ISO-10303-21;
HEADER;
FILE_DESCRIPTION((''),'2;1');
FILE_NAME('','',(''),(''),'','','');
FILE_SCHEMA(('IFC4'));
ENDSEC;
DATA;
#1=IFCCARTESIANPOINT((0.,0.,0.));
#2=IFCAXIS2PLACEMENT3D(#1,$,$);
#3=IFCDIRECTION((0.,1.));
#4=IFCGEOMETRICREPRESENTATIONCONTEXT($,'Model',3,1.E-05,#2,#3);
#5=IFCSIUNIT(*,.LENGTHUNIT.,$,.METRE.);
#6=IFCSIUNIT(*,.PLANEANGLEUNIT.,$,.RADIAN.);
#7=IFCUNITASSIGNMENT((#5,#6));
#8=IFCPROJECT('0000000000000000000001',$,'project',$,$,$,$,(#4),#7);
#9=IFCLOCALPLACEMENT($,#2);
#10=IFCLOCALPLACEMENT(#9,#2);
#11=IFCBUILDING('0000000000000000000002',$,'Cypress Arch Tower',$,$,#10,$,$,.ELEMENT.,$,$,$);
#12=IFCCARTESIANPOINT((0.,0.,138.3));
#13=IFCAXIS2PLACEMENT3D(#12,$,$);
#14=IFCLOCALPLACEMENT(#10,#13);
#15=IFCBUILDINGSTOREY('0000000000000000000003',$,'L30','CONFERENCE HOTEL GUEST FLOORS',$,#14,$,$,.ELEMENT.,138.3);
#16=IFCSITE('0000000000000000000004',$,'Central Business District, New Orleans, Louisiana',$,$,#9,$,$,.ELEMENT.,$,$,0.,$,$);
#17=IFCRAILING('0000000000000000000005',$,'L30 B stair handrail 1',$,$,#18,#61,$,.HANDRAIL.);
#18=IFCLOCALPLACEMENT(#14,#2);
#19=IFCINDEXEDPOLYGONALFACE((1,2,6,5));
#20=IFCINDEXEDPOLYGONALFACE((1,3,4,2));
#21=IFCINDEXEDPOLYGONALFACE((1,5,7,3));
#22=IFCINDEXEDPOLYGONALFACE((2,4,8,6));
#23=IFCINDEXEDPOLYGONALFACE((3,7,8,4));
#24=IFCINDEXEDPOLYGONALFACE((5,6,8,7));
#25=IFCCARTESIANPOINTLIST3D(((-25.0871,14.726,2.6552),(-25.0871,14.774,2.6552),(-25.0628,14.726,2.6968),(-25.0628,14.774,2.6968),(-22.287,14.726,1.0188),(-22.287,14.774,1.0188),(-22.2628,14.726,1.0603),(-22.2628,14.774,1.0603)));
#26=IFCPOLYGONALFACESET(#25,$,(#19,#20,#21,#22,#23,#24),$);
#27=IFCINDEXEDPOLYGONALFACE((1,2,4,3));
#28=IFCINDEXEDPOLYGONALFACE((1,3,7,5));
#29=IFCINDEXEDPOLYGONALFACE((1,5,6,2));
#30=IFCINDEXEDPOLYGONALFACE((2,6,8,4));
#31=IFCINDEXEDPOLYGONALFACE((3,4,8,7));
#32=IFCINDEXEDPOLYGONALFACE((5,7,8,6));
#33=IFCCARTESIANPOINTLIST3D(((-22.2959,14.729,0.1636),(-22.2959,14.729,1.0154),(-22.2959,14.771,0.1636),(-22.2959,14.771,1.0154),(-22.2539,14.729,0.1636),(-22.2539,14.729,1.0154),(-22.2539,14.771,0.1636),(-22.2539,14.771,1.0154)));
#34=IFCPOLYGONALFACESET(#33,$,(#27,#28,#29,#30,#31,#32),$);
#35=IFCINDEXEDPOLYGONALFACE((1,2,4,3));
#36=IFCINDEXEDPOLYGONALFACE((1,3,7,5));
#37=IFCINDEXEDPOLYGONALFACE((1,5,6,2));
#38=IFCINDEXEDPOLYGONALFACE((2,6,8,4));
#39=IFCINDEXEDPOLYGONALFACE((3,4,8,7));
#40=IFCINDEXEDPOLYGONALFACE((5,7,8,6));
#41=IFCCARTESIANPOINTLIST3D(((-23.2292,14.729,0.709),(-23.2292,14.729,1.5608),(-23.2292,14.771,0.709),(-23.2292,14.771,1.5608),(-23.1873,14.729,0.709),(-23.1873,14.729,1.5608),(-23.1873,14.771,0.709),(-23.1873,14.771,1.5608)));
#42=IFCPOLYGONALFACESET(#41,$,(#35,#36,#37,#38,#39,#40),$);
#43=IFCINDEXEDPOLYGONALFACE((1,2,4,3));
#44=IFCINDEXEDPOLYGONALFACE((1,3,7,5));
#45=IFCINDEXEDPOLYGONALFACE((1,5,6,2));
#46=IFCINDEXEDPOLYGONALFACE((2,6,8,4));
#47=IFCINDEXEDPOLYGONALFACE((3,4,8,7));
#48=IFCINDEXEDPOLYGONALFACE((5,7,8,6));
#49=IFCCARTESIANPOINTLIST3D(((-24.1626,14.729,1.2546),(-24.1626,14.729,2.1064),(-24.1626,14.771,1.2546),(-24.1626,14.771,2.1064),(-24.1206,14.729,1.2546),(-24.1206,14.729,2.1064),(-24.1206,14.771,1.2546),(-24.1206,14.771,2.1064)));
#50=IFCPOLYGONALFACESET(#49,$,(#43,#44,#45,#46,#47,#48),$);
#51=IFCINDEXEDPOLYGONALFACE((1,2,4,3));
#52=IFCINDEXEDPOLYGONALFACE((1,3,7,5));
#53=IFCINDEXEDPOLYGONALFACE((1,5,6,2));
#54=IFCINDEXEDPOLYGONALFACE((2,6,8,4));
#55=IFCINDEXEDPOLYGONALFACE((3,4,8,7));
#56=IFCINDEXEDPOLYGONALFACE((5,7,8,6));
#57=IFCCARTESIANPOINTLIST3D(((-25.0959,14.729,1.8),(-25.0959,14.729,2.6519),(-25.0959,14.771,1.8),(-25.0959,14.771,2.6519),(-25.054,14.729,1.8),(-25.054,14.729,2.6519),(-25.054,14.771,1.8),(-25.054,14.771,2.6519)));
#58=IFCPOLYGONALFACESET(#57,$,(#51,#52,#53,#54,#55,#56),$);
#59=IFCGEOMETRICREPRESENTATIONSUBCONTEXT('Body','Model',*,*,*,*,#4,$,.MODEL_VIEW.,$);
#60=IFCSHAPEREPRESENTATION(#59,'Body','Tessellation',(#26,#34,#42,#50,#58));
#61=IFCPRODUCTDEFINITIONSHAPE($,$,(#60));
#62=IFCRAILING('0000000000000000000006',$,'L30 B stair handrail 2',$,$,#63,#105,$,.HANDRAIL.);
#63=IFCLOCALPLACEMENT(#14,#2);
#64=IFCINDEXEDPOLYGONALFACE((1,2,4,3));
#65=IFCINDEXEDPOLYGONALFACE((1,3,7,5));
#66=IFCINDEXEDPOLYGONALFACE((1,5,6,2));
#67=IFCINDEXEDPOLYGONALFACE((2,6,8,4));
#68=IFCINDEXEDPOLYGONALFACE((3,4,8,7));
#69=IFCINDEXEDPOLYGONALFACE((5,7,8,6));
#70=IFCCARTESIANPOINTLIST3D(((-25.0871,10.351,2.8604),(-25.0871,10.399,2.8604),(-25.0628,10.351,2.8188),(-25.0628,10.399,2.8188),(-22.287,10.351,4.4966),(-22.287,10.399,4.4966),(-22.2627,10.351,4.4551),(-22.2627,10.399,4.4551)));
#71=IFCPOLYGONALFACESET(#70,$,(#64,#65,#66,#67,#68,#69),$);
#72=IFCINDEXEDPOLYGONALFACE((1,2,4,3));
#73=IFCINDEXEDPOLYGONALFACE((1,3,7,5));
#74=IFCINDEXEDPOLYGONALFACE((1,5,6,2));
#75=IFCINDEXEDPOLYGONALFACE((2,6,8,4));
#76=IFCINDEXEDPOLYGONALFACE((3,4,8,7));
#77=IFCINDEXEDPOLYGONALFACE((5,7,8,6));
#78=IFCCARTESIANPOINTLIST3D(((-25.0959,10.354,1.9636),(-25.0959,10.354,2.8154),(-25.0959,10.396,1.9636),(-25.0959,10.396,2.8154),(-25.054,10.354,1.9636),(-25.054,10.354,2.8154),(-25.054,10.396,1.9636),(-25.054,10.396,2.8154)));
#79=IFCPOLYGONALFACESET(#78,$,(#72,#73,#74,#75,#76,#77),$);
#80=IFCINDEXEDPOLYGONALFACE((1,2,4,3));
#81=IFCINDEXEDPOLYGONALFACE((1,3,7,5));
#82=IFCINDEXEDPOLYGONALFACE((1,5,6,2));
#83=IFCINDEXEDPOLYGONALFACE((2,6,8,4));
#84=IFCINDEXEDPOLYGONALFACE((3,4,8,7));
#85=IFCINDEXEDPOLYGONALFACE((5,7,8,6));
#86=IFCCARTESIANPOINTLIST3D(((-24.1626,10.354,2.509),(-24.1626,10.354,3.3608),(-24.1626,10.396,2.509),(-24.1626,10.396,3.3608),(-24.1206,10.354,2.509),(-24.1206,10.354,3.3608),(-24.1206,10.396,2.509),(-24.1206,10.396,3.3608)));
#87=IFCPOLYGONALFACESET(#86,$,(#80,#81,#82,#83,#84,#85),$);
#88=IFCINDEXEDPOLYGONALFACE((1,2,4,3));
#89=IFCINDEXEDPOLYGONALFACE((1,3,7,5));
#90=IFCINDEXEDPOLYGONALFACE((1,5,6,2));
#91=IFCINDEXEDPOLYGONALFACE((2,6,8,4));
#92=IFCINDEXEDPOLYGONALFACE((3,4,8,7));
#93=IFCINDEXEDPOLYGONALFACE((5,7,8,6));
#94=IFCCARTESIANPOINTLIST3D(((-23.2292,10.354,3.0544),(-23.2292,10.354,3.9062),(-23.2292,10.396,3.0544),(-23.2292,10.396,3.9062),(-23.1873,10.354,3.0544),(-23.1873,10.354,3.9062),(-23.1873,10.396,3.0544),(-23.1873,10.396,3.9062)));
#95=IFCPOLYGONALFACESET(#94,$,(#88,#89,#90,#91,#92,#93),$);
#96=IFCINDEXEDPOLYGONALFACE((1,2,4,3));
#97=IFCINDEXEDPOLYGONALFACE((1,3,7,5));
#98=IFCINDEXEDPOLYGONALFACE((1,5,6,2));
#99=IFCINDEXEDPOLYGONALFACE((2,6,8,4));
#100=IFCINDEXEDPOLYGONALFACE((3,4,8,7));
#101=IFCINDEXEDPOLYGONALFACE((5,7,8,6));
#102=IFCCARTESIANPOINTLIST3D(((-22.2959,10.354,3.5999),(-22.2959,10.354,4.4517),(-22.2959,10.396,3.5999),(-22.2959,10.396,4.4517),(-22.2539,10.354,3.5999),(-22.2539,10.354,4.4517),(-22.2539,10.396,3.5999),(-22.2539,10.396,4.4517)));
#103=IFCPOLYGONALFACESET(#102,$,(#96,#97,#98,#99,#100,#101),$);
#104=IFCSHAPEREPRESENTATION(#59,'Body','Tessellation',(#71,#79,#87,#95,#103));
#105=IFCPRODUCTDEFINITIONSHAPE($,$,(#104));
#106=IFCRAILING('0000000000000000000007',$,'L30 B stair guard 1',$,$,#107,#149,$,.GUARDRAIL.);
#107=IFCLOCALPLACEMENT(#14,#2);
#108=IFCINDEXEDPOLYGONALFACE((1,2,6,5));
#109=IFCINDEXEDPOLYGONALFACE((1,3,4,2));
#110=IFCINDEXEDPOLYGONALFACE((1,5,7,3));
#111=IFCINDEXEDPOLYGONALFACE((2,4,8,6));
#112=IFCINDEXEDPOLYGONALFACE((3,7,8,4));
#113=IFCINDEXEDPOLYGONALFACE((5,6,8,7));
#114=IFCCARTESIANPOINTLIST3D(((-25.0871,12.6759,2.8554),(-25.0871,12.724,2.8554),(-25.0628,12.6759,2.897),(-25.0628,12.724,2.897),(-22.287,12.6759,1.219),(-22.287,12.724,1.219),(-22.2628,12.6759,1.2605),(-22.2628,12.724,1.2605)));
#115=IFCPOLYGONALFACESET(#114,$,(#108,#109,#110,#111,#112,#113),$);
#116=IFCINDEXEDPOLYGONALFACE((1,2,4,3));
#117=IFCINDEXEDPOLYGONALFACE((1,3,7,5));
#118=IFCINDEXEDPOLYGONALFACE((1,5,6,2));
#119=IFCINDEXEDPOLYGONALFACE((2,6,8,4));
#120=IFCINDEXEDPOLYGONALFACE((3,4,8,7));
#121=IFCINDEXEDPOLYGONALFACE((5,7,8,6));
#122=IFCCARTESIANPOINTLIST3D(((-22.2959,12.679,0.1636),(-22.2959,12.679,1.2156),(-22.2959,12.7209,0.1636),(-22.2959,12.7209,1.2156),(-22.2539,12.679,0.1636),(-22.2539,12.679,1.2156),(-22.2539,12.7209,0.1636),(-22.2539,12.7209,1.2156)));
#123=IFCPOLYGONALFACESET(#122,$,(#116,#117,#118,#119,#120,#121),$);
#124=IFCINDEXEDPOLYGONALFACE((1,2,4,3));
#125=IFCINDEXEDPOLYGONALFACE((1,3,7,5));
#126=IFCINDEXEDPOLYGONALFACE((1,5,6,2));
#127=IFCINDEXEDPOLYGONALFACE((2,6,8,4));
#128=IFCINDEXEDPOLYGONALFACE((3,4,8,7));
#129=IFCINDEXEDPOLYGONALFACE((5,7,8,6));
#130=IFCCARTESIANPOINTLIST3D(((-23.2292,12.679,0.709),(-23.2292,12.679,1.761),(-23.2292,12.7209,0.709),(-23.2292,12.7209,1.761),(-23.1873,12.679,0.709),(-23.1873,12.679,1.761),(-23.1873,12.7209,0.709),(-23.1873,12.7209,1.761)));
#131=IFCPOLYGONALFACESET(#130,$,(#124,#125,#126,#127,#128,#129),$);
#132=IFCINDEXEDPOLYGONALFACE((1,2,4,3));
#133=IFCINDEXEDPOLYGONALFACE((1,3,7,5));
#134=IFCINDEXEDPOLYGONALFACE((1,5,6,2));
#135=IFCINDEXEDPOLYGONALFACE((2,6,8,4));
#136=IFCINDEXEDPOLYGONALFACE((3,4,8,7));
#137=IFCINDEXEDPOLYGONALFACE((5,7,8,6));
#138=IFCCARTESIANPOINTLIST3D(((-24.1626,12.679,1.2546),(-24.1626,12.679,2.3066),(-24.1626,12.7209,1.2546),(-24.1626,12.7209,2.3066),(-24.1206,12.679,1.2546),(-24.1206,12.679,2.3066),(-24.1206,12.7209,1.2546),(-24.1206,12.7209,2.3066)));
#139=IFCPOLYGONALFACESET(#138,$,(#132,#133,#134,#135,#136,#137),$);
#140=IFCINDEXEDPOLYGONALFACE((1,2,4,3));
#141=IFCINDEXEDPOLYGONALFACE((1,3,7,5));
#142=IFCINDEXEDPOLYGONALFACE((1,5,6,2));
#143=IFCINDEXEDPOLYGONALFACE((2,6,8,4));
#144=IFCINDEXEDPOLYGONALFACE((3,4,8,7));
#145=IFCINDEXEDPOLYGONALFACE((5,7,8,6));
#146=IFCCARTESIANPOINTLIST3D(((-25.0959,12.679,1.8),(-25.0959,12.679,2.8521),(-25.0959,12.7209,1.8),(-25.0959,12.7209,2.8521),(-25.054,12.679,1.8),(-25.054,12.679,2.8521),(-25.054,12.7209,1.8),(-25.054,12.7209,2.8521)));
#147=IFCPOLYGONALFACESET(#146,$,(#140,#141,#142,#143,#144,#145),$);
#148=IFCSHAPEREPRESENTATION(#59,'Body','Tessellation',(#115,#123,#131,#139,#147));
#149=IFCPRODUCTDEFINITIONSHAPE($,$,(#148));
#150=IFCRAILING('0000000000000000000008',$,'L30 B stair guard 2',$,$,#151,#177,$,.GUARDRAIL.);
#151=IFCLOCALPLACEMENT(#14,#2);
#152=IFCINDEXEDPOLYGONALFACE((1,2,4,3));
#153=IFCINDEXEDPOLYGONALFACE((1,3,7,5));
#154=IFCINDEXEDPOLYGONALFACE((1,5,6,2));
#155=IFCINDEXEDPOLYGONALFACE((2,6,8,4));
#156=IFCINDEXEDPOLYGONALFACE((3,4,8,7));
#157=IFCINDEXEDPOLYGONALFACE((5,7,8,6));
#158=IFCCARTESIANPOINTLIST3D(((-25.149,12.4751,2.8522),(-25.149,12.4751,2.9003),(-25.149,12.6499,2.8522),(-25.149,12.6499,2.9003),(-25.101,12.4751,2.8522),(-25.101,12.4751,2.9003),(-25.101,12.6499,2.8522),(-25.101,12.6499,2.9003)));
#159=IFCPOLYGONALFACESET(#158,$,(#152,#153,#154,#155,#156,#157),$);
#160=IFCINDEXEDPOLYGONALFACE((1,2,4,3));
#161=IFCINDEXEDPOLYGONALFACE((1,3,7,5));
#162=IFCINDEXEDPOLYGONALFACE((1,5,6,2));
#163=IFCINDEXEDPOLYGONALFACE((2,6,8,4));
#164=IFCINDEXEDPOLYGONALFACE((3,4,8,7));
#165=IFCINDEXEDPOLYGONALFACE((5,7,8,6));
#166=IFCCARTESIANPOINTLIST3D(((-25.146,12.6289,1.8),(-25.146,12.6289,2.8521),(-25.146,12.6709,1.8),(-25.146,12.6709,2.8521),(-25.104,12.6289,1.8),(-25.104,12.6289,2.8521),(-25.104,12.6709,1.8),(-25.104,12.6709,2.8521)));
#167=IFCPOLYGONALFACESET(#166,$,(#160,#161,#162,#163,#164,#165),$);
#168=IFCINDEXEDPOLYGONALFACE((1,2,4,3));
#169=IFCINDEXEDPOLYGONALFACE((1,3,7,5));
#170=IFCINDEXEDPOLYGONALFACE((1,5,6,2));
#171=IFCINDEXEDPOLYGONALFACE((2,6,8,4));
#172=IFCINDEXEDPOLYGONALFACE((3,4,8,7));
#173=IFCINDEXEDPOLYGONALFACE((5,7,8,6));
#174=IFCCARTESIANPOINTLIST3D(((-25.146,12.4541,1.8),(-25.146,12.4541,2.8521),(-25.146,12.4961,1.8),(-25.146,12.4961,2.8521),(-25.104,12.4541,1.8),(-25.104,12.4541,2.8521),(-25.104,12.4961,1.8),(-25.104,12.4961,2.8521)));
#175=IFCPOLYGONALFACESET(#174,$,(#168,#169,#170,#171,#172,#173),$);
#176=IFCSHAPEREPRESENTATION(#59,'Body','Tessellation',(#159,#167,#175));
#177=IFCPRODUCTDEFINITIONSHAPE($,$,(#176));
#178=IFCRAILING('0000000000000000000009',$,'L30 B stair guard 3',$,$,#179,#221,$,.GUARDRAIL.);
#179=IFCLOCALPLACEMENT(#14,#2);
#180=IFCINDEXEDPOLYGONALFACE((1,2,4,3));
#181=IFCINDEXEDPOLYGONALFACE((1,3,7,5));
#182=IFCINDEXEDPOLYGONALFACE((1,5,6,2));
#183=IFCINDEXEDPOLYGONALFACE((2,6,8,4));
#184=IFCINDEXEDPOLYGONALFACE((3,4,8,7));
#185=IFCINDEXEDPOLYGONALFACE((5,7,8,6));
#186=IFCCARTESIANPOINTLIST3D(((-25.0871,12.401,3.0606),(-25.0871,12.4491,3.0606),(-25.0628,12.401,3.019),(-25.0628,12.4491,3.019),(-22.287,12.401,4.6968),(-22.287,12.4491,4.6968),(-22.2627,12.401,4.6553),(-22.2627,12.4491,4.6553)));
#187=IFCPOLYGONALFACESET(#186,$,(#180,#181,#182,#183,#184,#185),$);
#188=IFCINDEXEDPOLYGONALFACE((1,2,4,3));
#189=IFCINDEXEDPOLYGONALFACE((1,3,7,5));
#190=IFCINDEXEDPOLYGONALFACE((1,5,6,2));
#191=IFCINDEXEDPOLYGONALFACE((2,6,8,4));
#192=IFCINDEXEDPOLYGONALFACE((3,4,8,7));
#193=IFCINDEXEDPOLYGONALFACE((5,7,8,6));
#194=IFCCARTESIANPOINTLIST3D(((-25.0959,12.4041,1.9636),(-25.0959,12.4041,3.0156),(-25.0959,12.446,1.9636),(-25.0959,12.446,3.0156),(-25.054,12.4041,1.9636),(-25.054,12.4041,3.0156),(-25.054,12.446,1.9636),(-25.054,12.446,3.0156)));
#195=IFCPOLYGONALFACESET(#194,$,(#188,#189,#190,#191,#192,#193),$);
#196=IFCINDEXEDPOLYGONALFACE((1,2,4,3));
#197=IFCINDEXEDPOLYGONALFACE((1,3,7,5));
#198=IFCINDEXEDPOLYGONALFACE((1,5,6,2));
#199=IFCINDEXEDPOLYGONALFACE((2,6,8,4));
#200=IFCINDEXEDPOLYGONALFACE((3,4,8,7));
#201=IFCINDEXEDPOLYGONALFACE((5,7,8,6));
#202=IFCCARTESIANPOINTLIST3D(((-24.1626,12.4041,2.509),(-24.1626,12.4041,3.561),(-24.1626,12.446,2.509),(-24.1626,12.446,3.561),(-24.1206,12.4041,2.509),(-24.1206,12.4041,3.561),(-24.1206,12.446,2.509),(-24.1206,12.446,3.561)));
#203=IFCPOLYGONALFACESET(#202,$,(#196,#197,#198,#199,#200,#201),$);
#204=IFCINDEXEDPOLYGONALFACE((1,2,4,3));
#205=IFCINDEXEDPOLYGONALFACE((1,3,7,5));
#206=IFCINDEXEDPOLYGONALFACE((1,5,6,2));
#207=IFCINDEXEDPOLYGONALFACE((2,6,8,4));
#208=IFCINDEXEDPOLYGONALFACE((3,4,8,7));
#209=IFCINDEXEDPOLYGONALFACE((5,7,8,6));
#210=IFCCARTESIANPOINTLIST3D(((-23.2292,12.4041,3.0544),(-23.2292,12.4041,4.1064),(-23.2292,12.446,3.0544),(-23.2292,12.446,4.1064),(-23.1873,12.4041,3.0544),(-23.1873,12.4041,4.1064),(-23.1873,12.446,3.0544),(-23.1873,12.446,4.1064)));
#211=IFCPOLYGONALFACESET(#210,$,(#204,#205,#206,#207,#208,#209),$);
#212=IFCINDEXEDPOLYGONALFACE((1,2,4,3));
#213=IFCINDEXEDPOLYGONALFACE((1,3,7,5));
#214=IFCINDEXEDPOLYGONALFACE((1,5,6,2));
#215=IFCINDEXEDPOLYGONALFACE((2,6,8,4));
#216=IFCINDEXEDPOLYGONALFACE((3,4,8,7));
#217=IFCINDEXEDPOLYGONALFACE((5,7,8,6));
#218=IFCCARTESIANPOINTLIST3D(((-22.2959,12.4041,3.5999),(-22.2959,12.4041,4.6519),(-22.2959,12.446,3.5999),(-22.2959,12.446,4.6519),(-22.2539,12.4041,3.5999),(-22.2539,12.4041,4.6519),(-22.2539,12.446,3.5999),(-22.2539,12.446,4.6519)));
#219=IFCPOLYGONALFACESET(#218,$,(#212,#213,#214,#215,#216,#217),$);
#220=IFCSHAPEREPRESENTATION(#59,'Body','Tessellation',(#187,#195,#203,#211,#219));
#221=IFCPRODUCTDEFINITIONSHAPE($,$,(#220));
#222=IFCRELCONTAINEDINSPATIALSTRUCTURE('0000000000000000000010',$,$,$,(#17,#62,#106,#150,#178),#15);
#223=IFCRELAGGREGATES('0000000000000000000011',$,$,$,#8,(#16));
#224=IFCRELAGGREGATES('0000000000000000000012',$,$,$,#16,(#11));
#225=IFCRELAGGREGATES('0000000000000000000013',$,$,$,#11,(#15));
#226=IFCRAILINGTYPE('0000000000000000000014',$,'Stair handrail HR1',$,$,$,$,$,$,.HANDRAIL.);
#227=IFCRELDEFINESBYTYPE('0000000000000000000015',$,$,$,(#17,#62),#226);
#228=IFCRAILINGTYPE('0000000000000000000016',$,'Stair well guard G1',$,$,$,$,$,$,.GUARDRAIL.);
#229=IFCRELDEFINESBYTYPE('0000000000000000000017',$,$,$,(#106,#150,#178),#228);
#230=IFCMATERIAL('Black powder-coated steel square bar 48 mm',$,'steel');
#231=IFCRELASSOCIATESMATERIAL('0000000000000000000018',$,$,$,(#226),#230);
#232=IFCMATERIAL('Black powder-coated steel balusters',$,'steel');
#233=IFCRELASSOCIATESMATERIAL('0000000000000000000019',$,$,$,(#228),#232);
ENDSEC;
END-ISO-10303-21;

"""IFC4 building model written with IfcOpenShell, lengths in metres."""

from ifc_helpers import new_model, si_unit, direction, frame, origin, origin_2d, place, context, subcontext, project, spatial, rectangle, extrude, material, type_object, element, save


model = new_model("IFC4")

# Units and contexts
model_context = context("Model", 3, precision=1e-05, world=origin(), true_north=direction((0.0, 1.0)))
body_context = subcontext(model_context, "Body", "Model", "MODEL_VIEW")
ifc_project = project(units=[si_unit("LENGTHUNIT", "METRE"), si_unit("PLANEANGLEUNIT", "RADIAN")], contexts=[model_context])

# Site, building, storey
site_placement = place(None, origin())
site = spatial("IfcSite", under=ifc_project, at=site_placement, Name="Central Business District, New Orleans, Louisiana", CompositionType="ELEMENT", RefElevation=0.0)
building_placement = place(site_placement, origin())
building = spatial("IfcBuilding", under=site, at=building_placement, Name="Cypress Arch Tower", CompositionType="ELEMENT")
storey_placement = place(building_placement, frame((0.0, 0.0, 138.3)))
storey = spatial("IfcBuildingStorey", under=building, at=storey_placement, Name="L30", Description="CONFERENCE HOTEL GUEST FLOORS", CompositionType="ELEMENT", Elevation=138.3)

# Railings
ifc_material_1 = material(Name="Black powder-coated steel square bar 48 mm", Category="steel")
railing_type_1 = type_object("IfcRailingType", Name="Stair handrail HR1", PredefinedType="HANDRAIL", material=ifc_material_1)
railing_1_placement = place(storey_placement, frame((-22.2749, 14.75, 0.1636)))
element("IfcRailing", 1, at=railing_1_placement, inside=storey, type_object=railing_type_1, Name="L30 B stair handrail 1", PredefinedType="HANDRAIL", context=body_context, shape_type="SweptSolid", body=[
    extrude(rectangle(XDim=0.0481, YDim=0.0481, at=origin_2d()), frame((0.0, 0.0, 0.876), z_axis=(-0.863361, 0.0, 0.504587), x_axis=(0.0, -1.0, 0.0)), (0.0, 0.0, 1.0), 3.2432),
    extrude(rectangle(XDim=0.042, YDim=0.042, at=origin_2d()), origin(), (0.0, 0.0, 1.0), 0.8518),
    extrude(rectangle(XDim=0.042, YDim=0.042, at=origin_2d()), frame((-0.9333, 0.0, 0.5454)), (0.0, 0.0, 1.0), 0.8518),
    extrude(rectangle(XDim=0.042, YDim=0.042, at=origin_2d()), frame((-1.8667, 0.0, 1.0911)), (0.0, 0.0, 1.0), 0.8518),
    extrude(rectangle(XDim=0.042, YDim=0.042, at=origin_2d()), frame((-2.8, 0.0, 1.6365)), (0.0, 0.0, 1.0), 0.8518),
])
railing_2_placement = place(storey_placement, frame((-25.075, 10.375, 1.9636)))
element("IfcRailing", 2, at=railing_2_placement, inside=storey, type_object=railing_type_1, Name="L30 B stair handrail 2", PredefinedType="HANDRAIL", context=body_context, shape_type="SweptSolid", body=[
    extrude(rectangle(XDim=0.0481, YDim=0.0481, at=origin_2d()), frame((0.0, 0.0, 0.876), z_axis=(0.863394, 0.0, 0.504531), x_axis=(0.0, 1.0, 0.0)), (0.0, 0.0, 1.0), 3.2432),
    extrude(rectangle(XDim=0.042, YDim=0.042, at=origin_2d()), origin(), (0.0, 0.0, 1.0), 0.8518),
    extrude(rectangle(XDim=0.042, YDim=0.042, at=origin_2d()), frame((0.9333, 0.0, 0.5454)), (0.0, 0.0, 1.0), 0.8518),
    extrude(rectangle(XDim=0.042, YDim=0.042, at=origin_2d()), frame((1.8667, 0.0, 1.0908)), (0.0, 0.0, 1.0), 0.8518),
    extrude(rectangle(XDim=0.042, YDim=0.042, at=origin_2d()), frame((2.8, 0.0, 1.6362)), (0.0, 0.0, 1.0), 0.8518),
])
ifc_material_2 = material(Name="Black powder-coated steel balusters", Category="steel")
railing_type_2 = type_object("IfcRailingType", Name="Stair well guard G1", PredefinedType="GUARDRAIL", material=ifc_material_2)
railing_3_placement = place(storey_placement, frame((-22.2749, 12.7, 0.1636)))
element("IfcRailing", 3, at=railing_3_placement, inside=storey, type_object=railing_type_2, Name="L30 B stair guard 1", PredefinedType="GUARDRAIL", context=body_context, shape_type="SweptSolid", body=[
    extrude(rectangle(XDim=0.0481, YDim=0.0481, at=origin_2d()), frame((0.0, 0.0, 1.0762), z_axis=(-0.863361, 0.0, 0.504587), x_axis=(0.0, -1.0, 0.0)), (0.0, 0.0, 1.0), 3.2432),
    extrude(rectangle(XDim=0.042, YDim=0.042, at=origin_2d()), origin(), (0.0, 0.0, 1.0), 1.052),
    extrude(rectangle(XDim=0.042, YDim=0.042, at=origin_2d()), frame((-0.9333, 0.0, 0.5454)), (0.0, 0.0, 1.0), 1.052),
    extrude(rectangle(XDim=0.042, YDim=0.042, at=origin_2d()), frame((-1.8667, 0.0, 1.0911)), (0.0, 0.0, 1.0), 1.052),
    extrude(rectangle(XDim=0.042, YDim=0.042, at=origin_2d()), frame((-2.8, 0.0, 1.6365)), (0.0, 0.0, 1.0), 1.052),
])
railing_4_placement = place(storey_placement, frame((-25.125, 12.6499, 1.8)))
element("IfcRailing", 4, at=railing_4_placement, inside=storey, type_object=railing_type_2, Name="L30 B stair guard 2", PredefinedType="GUARDRAIL", context=body_context, shape_type="SweptSolid", body=[
    extrude(rectangle(XDim=0.0481, YDim=0.0481, at=origin_2d()), frame((0.0, 0.0, 1.0762), z_axis=(0.0, -1.0, 0.0), x_axis=(1.0, 0.0, 0.0)), (0.0, 0.0, 1.0), 0.1748),
    extrude(rectangle(XDim=0.042, YDim=0.042, at=origin_2d()), origin(), (0.0, 0.0, 1.0), 1.052),
    extrude(rectangle(XDim=0.042, YDim=0.042, at=origin_2d()), frame((0.0, -0.1748, 0.0)), (0.0, 0.0, 1.0), 1.052),
])
railing_5_placement = place(storey_placement, frame((-25.075, 12.425, 1.9636)))
element("IfcRailing", 5, at=railing_5_placement, inside=storey, type_object=railing_type_2, Name="L30 B stair guard 3", PredefinedType="GUARDRAIL", context=body_context, shape_type="SweptSolid", body=[
    extrude(rectangle(XDim=0.0481, YDim=0.0481, at=origin_2d()), frame((0.0, 0.0, 1.0762), z_axis=(0.863394, 0.0, 0.504531), x_axis=(0.0, 1.0, 0.0)), (0.0, 0.0, 1.0), 3.2432),
    extrude(rectangle(XDim=0.042, YDim=0.042, at=origin_2d()), origin(), (0.0, 0.0, 1.0), 1.052),
    extrude(rectangle(XDim=0.042, YDim=0.042, at=origin_2d()), frame((0.9333, 0.0, 0.5454)), (0.0, 0.0, 1.0), 1.052),
    extrude(rectangle(XDim=0.042, YDim=0.042, at=origin_2d()), frame((1.8667, 0.0, 1.0908)), (0.0, 0.0, 1.0), 1.052),
    extrude(rectangle(XDim=0.042, YDim=0.042, at=origin_2d()), frame((2.8, 0.0, 1.6362)), (0.0, 0.0, 1.0), 1.052),
])

save(model, "model.ifc")
